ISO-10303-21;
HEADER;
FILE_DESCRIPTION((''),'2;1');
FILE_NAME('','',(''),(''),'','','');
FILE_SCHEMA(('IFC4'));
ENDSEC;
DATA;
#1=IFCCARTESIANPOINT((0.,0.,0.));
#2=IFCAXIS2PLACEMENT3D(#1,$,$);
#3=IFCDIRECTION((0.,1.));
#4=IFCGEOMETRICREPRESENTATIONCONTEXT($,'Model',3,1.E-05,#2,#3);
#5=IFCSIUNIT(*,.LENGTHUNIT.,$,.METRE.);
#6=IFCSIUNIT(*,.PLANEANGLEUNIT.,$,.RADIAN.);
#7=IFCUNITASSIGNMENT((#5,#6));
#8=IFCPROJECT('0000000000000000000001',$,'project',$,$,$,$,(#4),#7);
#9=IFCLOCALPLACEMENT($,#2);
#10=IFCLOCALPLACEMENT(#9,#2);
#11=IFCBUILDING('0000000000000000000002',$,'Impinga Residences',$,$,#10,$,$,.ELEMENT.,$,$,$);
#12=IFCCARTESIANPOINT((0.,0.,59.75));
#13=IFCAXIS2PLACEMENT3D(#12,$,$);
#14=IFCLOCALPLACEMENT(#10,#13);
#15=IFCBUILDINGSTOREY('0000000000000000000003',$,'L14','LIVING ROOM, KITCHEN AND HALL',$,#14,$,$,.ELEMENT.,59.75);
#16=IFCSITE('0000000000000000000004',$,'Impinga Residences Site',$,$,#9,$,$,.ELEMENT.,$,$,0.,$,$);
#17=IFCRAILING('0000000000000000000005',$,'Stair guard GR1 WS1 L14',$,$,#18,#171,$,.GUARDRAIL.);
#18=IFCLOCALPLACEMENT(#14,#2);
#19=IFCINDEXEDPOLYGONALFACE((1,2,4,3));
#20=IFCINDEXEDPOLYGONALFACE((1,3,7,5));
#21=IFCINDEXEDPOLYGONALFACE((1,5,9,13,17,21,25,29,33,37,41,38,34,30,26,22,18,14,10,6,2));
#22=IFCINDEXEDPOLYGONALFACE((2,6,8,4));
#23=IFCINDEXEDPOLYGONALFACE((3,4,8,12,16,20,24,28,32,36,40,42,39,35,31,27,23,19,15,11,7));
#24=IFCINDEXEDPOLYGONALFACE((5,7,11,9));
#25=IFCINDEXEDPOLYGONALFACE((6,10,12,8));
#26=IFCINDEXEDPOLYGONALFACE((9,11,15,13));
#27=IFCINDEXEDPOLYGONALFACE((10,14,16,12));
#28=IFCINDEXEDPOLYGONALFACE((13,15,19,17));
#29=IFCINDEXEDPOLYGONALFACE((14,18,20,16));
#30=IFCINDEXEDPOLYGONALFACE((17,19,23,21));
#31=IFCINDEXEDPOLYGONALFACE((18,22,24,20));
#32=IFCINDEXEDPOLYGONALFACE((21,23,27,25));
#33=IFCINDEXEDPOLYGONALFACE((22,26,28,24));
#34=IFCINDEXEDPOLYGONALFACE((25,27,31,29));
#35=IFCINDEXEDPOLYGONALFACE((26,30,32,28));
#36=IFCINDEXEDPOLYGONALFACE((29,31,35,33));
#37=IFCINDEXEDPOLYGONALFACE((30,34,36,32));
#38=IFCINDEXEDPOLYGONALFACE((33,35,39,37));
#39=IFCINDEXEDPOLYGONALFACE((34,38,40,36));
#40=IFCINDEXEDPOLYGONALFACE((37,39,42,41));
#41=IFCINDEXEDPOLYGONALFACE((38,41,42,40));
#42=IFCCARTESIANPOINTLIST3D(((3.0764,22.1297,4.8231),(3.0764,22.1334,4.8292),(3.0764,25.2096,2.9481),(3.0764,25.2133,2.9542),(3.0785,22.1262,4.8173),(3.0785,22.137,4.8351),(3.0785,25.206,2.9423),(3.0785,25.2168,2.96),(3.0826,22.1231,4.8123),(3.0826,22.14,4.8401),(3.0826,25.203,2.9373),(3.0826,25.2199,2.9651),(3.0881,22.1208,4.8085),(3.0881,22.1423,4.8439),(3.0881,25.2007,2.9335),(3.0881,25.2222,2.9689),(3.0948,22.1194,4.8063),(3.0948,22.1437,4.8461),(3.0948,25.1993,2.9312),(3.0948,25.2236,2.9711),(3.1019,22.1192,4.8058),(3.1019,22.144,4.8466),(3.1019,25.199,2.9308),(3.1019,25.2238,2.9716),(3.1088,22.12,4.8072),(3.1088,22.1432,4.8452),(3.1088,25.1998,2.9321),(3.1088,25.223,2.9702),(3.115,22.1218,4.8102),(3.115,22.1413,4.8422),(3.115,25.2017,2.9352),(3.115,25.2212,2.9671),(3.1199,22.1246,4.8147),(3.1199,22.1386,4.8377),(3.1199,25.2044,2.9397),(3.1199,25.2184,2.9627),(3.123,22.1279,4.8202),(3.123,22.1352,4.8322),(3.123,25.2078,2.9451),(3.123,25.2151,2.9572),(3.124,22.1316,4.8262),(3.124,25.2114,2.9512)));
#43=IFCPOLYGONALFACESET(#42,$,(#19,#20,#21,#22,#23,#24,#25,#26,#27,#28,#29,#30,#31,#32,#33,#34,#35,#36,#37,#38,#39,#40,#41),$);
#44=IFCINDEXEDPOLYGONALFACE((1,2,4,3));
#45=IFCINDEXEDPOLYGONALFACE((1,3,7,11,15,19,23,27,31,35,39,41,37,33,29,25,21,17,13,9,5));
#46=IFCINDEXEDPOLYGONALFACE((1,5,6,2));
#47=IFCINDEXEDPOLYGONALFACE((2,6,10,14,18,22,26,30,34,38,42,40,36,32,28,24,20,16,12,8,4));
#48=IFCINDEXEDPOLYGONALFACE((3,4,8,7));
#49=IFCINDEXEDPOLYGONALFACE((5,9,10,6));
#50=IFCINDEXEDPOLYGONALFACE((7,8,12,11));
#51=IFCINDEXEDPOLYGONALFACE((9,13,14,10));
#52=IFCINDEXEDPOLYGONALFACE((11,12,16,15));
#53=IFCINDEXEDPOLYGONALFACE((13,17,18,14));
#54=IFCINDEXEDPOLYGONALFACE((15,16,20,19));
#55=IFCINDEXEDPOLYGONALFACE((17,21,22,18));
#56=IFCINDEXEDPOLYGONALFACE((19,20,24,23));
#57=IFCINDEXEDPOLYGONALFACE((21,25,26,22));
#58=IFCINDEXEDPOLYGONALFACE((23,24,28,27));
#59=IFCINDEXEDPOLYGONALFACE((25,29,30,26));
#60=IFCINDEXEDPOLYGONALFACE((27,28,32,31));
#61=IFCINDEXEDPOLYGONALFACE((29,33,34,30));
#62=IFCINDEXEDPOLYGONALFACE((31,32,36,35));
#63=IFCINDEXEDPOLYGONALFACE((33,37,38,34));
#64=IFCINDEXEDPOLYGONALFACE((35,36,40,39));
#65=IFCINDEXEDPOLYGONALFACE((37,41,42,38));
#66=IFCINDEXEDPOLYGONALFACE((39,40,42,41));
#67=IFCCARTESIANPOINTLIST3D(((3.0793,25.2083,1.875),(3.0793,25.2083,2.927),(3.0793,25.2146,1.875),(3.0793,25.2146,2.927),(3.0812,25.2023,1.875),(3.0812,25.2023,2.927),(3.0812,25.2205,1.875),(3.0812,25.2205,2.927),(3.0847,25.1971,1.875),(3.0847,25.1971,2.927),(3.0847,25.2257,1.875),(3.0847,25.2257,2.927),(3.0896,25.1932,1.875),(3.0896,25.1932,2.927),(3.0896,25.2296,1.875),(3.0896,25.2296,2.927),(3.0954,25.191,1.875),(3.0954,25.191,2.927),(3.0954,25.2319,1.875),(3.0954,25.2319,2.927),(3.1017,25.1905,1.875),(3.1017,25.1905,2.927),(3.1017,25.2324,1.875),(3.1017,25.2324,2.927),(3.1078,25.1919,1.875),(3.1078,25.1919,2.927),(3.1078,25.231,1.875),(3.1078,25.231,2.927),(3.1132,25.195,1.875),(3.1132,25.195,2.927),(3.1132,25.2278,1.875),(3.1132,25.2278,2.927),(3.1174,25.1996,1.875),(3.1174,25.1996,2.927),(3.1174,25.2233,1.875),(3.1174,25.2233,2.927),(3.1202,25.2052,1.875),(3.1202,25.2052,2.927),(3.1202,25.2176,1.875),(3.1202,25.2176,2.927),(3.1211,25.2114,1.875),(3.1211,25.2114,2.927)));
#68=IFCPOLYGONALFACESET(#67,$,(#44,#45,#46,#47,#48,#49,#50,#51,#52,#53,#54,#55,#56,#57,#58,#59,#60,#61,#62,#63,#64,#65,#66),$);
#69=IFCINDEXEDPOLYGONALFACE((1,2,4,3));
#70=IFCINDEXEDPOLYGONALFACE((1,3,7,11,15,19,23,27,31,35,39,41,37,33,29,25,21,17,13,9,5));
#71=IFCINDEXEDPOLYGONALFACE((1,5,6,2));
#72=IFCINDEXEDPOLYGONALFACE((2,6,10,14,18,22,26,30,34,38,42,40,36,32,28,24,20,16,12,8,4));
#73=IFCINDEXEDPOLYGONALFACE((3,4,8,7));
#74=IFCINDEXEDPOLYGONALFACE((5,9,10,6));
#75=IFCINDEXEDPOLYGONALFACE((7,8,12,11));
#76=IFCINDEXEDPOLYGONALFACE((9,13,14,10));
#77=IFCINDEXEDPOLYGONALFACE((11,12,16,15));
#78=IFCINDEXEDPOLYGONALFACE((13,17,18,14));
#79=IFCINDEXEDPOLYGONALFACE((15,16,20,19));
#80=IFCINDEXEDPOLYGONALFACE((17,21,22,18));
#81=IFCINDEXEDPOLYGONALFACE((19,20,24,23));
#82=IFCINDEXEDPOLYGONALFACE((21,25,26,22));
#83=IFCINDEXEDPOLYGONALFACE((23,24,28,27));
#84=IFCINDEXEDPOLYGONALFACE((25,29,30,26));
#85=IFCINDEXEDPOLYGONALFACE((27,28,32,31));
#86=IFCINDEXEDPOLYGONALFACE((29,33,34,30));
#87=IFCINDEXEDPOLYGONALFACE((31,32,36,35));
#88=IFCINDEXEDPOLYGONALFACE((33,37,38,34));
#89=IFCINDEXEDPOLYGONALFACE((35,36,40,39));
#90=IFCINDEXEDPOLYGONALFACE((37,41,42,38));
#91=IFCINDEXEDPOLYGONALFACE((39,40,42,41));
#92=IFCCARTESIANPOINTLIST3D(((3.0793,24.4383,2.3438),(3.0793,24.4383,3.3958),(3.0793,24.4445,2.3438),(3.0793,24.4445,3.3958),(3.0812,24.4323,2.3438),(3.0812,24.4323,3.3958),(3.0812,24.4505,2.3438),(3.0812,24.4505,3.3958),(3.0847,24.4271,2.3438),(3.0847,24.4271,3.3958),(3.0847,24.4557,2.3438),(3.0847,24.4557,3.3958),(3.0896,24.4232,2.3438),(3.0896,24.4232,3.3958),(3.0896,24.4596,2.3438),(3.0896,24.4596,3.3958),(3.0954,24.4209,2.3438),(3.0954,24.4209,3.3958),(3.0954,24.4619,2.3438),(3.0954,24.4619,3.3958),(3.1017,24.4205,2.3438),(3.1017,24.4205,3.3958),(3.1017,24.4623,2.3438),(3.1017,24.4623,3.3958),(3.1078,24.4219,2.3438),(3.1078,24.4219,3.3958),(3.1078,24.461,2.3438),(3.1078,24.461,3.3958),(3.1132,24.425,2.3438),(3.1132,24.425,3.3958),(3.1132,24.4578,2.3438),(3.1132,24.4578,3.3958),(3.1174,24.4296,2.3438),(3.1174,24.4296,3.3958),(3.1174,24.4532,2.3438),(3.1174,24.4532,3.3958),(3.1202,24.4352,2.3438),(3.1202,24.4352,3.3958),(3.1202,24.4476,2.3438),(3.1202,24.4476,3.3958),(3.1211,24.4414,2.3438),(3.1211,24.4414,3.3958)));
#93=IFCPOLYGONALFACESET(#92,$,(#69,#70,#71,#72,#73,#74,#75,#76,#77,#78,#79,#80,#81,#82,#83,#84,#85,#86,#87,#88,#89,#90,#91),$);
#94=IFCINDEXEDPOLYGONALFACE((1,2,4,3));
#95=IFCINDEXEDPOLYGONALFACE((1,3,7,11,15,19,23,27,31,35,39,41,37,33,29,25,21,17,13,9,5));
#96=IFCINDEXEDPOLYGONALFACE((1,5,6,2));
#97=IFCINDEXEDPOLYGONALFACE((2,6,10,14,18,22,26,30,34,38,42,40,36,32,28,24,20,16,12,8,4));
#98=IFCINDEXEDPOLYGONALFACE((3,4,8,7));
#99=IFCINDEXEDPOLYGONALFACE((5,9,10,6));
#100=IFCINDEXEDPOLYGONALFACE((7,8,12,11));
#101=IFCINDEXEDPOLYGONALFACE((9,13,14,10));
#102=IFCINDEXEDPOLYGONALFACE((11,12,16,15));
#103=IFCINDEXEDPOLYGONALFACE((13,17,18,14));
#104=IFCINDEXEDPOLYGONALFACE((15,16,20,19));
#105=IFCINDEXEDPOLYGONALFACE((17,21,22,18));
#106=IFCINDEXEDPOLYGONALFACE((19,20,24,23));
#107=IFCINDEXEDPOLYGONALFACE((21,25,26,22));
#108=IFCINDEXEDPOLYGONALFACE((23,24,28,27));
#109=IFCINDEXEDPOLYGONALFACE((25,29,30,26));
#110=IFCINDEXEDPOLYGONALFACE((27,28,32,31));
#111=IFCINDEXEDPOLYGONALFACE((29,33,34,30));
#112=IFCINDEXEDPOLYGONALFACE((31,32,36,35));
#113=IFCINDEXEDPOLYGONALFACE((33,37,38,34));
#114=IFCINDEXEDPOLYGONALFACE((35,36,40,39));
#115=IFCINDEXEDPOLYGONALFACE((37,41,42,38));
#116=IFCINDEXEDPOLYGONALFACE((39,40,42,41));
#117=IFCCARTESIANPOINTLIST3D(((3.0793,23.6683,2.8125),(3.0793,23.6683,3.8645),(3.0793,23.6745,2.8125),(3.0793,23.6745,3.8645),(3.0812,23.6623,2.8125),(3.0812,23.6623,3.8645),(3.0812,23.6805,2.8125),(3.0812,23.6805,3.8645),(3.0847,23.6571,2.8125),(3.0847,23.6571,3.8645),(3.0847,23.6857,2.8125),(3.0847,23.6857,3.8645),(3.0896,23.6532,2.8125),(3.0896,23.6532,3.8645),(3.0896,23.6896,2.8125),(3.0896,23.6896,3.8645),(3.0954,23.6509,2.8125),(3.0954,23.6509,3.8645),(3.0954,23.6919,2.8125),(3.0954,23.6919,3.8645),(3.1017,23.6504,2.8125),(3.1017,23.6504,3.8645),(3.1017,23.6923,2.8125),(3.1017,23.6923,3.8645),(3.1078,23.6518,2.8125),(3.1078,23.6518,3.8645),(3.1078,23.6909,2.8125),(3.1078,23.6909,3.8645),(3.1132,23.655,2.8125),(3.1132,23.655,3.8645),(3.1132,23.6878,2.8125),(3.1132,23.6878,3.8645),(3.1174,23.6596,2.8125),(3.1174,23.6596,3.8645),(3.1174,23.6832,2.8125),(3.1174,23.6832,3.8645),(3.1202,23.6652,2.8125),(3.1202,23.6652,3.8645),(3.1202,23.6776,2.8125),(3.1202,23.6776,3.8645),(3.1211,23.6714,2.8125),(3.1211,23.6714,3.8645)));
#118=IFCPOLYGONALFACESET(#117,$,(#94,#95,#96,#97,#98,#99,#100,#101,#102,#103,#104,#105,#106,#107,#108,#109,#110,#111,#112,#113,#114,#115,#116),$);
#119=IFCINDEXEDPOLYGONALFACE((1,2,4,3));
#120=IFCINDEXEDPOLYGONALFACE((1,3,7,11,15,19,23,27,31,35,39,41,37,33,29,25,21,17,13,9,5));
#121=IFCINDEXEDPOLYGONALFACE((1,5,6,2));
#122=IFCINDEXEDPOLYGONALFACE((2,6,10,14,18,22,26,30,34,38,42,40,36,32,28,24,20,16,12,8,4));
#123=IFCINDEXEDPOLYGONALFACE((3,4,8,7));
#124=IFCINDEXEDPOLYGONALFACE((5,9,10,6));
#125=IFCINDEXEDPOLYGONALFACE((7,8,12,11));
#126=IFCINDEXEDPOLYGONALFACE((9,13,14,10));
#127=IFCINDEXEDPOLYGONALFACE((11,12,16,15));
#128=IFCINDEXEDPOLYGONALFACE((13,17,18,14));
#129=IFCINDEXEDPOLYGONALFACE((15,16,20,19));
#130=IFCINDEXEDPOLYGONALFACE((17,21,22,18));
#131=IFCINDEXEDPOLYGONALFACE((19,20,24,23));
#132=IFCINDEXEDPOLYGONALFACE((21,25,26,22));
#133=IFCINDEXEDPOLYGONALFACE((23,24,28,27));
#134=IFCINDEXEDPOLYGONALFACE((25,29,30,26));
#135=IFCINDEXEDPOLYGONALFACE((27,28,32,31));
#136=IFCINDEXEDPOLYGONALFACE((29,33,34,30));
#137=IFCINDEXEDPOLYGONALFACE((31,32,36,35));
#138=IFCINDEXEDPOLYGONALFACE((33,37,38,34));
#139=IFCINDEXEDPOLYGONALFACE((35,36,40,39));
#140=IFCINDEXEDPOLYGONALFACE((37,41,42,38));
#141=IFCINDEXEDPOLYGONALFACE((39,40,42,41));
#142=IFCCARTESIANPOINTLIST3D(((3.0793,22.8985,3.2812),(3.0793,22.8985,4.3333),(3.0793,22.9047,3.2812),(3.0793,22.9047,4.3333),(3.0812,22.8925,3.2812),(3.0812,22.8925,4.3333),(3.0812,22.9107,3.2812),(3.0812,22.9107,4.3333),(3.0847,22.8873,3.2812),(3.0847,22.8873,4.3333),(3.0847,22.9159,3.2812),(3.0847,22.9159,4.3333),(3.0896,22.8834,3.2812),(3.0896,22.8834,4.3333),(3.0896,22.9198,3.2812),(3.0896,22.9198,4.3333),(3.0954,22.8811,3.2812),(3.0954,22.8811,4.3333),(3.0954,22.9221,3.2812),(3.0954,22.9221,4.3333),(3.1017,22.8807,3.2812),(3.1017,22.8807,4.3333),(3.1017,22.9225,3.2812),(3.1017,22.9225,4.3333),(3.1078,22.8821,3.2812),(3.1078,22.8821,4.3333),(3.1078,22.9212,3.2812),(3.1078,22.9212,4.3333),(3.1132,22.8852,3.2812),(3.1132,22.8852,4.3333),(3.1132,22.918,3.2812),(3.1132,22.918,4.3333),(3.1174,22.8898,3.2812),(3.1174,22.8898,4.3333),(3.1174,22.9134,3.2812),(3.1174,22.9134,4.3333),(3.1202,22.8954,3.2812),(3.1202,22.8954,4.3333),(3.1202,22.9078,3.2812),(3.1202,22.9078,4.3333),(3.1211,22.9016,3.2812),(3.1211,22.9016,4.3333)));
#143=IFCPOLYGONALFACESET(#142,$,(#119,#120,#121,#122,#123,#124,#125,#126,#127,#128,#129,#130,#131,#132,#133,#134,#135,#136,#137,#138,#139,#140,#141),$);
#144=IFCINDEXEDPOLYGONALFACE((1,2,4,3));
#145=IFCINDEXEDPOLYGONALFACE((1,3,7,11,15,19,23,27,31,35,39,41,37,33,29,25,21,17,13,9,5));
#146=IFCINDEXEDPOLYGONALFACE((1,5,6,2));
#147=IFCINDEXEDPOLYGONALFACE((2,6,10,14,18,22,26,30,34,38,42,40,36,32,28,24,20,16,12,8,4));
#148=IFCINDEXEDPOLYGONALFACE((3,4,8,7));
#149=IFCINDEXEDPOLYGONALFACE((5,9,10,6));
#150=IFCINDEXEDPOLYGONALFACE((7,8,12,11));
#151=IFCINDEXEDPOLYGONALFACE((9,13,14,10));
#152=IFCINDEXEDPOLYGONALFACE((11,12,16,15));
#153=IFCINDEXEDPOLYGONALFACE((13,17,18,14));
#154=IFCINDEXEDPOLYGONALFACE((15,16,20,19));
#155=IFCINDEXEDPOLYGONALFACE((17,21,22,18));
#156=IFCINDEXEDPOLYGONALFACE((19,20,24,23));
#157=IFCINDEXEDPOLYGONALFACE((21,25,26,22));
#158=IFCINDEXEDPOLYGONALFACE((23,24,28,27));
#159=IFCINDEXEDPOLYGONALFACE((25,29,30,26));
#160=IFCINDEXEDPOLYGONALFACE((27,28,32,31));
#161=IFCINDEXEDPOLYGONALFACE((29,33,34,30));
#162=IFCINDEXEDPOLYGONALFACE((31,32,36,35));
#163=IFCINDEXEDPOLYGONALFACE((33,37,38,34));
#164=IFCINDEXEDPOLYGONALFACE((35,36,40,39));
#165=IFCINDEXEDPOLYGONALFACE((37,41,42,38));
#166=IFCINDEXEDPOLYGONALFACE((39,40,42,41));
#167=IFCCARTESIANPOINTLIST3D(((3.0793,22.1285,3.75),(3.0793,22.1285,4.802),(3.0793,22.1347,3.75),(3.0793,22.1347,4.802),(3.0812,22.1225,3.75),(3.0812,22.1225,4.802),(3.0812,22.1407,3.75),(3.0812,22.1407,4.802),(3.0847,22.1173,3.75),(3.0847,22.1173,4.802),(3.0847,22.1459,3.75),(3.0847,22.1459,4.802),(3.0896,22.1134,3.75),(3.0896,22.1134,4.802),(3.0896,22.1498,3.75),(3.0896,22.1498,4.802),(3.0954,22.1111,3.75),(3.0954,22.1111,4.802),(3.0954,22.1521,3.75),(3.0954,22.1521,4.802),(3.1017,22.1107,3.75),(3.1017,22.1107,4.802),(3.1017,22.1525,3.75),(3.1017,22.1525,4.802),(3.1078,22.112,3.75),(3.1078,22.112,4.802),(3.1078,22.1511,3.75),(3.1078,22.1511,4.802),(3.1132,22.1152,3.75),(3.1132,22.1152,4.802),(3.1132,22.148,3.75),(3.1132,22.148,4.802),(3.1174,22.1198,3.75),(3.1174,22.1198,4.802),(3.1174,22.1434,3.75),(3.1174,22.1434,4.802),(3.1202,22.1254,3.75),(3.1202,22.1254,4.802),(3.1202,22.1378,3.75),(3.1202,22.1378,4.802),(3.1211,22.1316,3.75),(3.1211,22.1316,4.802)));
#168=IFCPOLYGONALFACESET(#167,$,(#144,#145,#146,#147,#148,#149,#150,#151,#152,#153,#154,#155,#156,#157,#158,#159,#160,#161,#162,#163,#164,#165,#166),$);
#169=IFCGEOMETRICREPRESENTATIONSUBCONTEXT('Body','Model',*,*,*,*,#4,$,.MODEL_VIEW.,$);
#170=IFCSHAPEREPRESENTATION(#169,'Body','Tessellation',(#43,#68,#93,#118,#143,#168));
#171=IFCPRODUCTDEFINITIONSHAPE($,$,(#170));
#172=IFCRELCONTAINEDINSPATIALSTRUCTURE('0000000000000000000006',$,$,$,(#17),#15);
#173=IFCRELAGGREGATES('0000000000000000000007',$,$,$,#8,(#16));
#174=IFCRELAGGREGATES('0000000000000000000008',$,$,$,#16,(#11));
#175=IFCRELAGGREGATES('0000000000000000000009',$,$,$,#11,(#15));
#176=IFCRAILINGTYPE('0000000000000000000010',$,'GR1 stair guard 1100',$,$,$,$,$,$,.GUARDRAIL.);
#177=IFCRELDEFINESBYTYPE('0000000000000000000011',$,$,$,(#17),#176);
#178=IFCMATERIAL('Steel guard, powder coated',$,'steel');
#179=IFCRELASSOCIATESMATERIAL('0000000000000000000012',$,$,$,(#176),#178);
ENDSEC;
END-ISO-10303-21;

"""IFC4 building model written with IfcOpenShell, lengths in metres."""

from ifc_helpers import new_model, si_unit, direction, frame, origin, origin_2d, place, context, subcontext, project, spatial, circle, extrude, material, type_object, element, save


model = new_model("IFC4")

# Units and contexts
model_context = context("Model", 3, precision=1e-05, world=origin(), true_north=direction((0.0, 1.0)))
body_context = subcontext(model_context, "Body", "Model", "MODEL_VIEW")
ifc_project = project(units=[si_unit("LENGTHUNIT", "METRE"), si_unit("PLANEANGLEUNIT", "RADIAN")], contexts=[model_context])

# Site, building, storey
site_placement = place(None, origin())
site = spatial("IfcSite", under=ifc_project, at=site_placement, Name="Impinga Residences Site", CompositionType="ELEMENT", RefElevation=0.0)
building_placement = place(site_placement, origin())
building = spatial("IfcBuilding", under=site, at=building_placement, Name="Impinga Residences", CompositionType="ELEMENT")
storey_placement = place(building_placement, frame((0.0, 0.0, 59.75)))
storey = spatial("IfcBuildingStorey", under=building, at=storey_placement, Name="L14", Description="LIVING ROOM, KITCHEN AND HALL", CompositionType="ELEMENT", Elevation=59.75)

# Railing
ifc_material_1 = material(Name="Steel guard, powder coated", Category="steel")
railing_type_1 = type_object("IfcRailingType", Name="GR1 stair guard 1100", PredefinedType="GUARDRAIL", material=ifc_material_1)
railing_1_placement = place(storey_placement, frame((3.1001, 25.2114, 1.875)))
element("IfcRailing", 1, at=railing_1_placement, inside=storey, type_object=railing_type_1, Name="Stair guard GR1 WS1 L14", PredefinedType="GUARDRAIL", context=body_context, shape_type="SweptSolid", body=[
    extrude(circle(Radius=0.0239, at=origin_2d()), frame((0.0, 0.0, 1.0762), z_axis=(0.0, -0.854159, 0.520011), x_axis=(1.0, 0.0, 0.0)), (0.0, 0.0, 1.0), 3.6057),
    extrude(circle(Radius=0.021, at=origin_2d()), origin(), (0.0, 0.0, 1.0), 1.052),
    extrude(circle(Radius=0.021, at=origin_2d()), frame((0.0, -0.77, 0.4688)), (0.0, 0.0, 1.0), 1.052),
    extrude(circle(Radius=0.021, at=origin_2d()), frame((0.0, -1.54, 0.9375)), (0.0, 0.0, 1.0), 1.052),
    extrude(circle(Radius=0.021, at=origin_2d()), frame((0.0, -2.3098, 1.4062)), (0.0, 0.0, 1.0), 1.052),
    extrude(circle(Radius=0.021, at=origin_2d()), frame((0.0, -3.0798, 1.875)), (0.0, 0.0, 1.0), 1.052),
])

save(model, "model.ifc")
